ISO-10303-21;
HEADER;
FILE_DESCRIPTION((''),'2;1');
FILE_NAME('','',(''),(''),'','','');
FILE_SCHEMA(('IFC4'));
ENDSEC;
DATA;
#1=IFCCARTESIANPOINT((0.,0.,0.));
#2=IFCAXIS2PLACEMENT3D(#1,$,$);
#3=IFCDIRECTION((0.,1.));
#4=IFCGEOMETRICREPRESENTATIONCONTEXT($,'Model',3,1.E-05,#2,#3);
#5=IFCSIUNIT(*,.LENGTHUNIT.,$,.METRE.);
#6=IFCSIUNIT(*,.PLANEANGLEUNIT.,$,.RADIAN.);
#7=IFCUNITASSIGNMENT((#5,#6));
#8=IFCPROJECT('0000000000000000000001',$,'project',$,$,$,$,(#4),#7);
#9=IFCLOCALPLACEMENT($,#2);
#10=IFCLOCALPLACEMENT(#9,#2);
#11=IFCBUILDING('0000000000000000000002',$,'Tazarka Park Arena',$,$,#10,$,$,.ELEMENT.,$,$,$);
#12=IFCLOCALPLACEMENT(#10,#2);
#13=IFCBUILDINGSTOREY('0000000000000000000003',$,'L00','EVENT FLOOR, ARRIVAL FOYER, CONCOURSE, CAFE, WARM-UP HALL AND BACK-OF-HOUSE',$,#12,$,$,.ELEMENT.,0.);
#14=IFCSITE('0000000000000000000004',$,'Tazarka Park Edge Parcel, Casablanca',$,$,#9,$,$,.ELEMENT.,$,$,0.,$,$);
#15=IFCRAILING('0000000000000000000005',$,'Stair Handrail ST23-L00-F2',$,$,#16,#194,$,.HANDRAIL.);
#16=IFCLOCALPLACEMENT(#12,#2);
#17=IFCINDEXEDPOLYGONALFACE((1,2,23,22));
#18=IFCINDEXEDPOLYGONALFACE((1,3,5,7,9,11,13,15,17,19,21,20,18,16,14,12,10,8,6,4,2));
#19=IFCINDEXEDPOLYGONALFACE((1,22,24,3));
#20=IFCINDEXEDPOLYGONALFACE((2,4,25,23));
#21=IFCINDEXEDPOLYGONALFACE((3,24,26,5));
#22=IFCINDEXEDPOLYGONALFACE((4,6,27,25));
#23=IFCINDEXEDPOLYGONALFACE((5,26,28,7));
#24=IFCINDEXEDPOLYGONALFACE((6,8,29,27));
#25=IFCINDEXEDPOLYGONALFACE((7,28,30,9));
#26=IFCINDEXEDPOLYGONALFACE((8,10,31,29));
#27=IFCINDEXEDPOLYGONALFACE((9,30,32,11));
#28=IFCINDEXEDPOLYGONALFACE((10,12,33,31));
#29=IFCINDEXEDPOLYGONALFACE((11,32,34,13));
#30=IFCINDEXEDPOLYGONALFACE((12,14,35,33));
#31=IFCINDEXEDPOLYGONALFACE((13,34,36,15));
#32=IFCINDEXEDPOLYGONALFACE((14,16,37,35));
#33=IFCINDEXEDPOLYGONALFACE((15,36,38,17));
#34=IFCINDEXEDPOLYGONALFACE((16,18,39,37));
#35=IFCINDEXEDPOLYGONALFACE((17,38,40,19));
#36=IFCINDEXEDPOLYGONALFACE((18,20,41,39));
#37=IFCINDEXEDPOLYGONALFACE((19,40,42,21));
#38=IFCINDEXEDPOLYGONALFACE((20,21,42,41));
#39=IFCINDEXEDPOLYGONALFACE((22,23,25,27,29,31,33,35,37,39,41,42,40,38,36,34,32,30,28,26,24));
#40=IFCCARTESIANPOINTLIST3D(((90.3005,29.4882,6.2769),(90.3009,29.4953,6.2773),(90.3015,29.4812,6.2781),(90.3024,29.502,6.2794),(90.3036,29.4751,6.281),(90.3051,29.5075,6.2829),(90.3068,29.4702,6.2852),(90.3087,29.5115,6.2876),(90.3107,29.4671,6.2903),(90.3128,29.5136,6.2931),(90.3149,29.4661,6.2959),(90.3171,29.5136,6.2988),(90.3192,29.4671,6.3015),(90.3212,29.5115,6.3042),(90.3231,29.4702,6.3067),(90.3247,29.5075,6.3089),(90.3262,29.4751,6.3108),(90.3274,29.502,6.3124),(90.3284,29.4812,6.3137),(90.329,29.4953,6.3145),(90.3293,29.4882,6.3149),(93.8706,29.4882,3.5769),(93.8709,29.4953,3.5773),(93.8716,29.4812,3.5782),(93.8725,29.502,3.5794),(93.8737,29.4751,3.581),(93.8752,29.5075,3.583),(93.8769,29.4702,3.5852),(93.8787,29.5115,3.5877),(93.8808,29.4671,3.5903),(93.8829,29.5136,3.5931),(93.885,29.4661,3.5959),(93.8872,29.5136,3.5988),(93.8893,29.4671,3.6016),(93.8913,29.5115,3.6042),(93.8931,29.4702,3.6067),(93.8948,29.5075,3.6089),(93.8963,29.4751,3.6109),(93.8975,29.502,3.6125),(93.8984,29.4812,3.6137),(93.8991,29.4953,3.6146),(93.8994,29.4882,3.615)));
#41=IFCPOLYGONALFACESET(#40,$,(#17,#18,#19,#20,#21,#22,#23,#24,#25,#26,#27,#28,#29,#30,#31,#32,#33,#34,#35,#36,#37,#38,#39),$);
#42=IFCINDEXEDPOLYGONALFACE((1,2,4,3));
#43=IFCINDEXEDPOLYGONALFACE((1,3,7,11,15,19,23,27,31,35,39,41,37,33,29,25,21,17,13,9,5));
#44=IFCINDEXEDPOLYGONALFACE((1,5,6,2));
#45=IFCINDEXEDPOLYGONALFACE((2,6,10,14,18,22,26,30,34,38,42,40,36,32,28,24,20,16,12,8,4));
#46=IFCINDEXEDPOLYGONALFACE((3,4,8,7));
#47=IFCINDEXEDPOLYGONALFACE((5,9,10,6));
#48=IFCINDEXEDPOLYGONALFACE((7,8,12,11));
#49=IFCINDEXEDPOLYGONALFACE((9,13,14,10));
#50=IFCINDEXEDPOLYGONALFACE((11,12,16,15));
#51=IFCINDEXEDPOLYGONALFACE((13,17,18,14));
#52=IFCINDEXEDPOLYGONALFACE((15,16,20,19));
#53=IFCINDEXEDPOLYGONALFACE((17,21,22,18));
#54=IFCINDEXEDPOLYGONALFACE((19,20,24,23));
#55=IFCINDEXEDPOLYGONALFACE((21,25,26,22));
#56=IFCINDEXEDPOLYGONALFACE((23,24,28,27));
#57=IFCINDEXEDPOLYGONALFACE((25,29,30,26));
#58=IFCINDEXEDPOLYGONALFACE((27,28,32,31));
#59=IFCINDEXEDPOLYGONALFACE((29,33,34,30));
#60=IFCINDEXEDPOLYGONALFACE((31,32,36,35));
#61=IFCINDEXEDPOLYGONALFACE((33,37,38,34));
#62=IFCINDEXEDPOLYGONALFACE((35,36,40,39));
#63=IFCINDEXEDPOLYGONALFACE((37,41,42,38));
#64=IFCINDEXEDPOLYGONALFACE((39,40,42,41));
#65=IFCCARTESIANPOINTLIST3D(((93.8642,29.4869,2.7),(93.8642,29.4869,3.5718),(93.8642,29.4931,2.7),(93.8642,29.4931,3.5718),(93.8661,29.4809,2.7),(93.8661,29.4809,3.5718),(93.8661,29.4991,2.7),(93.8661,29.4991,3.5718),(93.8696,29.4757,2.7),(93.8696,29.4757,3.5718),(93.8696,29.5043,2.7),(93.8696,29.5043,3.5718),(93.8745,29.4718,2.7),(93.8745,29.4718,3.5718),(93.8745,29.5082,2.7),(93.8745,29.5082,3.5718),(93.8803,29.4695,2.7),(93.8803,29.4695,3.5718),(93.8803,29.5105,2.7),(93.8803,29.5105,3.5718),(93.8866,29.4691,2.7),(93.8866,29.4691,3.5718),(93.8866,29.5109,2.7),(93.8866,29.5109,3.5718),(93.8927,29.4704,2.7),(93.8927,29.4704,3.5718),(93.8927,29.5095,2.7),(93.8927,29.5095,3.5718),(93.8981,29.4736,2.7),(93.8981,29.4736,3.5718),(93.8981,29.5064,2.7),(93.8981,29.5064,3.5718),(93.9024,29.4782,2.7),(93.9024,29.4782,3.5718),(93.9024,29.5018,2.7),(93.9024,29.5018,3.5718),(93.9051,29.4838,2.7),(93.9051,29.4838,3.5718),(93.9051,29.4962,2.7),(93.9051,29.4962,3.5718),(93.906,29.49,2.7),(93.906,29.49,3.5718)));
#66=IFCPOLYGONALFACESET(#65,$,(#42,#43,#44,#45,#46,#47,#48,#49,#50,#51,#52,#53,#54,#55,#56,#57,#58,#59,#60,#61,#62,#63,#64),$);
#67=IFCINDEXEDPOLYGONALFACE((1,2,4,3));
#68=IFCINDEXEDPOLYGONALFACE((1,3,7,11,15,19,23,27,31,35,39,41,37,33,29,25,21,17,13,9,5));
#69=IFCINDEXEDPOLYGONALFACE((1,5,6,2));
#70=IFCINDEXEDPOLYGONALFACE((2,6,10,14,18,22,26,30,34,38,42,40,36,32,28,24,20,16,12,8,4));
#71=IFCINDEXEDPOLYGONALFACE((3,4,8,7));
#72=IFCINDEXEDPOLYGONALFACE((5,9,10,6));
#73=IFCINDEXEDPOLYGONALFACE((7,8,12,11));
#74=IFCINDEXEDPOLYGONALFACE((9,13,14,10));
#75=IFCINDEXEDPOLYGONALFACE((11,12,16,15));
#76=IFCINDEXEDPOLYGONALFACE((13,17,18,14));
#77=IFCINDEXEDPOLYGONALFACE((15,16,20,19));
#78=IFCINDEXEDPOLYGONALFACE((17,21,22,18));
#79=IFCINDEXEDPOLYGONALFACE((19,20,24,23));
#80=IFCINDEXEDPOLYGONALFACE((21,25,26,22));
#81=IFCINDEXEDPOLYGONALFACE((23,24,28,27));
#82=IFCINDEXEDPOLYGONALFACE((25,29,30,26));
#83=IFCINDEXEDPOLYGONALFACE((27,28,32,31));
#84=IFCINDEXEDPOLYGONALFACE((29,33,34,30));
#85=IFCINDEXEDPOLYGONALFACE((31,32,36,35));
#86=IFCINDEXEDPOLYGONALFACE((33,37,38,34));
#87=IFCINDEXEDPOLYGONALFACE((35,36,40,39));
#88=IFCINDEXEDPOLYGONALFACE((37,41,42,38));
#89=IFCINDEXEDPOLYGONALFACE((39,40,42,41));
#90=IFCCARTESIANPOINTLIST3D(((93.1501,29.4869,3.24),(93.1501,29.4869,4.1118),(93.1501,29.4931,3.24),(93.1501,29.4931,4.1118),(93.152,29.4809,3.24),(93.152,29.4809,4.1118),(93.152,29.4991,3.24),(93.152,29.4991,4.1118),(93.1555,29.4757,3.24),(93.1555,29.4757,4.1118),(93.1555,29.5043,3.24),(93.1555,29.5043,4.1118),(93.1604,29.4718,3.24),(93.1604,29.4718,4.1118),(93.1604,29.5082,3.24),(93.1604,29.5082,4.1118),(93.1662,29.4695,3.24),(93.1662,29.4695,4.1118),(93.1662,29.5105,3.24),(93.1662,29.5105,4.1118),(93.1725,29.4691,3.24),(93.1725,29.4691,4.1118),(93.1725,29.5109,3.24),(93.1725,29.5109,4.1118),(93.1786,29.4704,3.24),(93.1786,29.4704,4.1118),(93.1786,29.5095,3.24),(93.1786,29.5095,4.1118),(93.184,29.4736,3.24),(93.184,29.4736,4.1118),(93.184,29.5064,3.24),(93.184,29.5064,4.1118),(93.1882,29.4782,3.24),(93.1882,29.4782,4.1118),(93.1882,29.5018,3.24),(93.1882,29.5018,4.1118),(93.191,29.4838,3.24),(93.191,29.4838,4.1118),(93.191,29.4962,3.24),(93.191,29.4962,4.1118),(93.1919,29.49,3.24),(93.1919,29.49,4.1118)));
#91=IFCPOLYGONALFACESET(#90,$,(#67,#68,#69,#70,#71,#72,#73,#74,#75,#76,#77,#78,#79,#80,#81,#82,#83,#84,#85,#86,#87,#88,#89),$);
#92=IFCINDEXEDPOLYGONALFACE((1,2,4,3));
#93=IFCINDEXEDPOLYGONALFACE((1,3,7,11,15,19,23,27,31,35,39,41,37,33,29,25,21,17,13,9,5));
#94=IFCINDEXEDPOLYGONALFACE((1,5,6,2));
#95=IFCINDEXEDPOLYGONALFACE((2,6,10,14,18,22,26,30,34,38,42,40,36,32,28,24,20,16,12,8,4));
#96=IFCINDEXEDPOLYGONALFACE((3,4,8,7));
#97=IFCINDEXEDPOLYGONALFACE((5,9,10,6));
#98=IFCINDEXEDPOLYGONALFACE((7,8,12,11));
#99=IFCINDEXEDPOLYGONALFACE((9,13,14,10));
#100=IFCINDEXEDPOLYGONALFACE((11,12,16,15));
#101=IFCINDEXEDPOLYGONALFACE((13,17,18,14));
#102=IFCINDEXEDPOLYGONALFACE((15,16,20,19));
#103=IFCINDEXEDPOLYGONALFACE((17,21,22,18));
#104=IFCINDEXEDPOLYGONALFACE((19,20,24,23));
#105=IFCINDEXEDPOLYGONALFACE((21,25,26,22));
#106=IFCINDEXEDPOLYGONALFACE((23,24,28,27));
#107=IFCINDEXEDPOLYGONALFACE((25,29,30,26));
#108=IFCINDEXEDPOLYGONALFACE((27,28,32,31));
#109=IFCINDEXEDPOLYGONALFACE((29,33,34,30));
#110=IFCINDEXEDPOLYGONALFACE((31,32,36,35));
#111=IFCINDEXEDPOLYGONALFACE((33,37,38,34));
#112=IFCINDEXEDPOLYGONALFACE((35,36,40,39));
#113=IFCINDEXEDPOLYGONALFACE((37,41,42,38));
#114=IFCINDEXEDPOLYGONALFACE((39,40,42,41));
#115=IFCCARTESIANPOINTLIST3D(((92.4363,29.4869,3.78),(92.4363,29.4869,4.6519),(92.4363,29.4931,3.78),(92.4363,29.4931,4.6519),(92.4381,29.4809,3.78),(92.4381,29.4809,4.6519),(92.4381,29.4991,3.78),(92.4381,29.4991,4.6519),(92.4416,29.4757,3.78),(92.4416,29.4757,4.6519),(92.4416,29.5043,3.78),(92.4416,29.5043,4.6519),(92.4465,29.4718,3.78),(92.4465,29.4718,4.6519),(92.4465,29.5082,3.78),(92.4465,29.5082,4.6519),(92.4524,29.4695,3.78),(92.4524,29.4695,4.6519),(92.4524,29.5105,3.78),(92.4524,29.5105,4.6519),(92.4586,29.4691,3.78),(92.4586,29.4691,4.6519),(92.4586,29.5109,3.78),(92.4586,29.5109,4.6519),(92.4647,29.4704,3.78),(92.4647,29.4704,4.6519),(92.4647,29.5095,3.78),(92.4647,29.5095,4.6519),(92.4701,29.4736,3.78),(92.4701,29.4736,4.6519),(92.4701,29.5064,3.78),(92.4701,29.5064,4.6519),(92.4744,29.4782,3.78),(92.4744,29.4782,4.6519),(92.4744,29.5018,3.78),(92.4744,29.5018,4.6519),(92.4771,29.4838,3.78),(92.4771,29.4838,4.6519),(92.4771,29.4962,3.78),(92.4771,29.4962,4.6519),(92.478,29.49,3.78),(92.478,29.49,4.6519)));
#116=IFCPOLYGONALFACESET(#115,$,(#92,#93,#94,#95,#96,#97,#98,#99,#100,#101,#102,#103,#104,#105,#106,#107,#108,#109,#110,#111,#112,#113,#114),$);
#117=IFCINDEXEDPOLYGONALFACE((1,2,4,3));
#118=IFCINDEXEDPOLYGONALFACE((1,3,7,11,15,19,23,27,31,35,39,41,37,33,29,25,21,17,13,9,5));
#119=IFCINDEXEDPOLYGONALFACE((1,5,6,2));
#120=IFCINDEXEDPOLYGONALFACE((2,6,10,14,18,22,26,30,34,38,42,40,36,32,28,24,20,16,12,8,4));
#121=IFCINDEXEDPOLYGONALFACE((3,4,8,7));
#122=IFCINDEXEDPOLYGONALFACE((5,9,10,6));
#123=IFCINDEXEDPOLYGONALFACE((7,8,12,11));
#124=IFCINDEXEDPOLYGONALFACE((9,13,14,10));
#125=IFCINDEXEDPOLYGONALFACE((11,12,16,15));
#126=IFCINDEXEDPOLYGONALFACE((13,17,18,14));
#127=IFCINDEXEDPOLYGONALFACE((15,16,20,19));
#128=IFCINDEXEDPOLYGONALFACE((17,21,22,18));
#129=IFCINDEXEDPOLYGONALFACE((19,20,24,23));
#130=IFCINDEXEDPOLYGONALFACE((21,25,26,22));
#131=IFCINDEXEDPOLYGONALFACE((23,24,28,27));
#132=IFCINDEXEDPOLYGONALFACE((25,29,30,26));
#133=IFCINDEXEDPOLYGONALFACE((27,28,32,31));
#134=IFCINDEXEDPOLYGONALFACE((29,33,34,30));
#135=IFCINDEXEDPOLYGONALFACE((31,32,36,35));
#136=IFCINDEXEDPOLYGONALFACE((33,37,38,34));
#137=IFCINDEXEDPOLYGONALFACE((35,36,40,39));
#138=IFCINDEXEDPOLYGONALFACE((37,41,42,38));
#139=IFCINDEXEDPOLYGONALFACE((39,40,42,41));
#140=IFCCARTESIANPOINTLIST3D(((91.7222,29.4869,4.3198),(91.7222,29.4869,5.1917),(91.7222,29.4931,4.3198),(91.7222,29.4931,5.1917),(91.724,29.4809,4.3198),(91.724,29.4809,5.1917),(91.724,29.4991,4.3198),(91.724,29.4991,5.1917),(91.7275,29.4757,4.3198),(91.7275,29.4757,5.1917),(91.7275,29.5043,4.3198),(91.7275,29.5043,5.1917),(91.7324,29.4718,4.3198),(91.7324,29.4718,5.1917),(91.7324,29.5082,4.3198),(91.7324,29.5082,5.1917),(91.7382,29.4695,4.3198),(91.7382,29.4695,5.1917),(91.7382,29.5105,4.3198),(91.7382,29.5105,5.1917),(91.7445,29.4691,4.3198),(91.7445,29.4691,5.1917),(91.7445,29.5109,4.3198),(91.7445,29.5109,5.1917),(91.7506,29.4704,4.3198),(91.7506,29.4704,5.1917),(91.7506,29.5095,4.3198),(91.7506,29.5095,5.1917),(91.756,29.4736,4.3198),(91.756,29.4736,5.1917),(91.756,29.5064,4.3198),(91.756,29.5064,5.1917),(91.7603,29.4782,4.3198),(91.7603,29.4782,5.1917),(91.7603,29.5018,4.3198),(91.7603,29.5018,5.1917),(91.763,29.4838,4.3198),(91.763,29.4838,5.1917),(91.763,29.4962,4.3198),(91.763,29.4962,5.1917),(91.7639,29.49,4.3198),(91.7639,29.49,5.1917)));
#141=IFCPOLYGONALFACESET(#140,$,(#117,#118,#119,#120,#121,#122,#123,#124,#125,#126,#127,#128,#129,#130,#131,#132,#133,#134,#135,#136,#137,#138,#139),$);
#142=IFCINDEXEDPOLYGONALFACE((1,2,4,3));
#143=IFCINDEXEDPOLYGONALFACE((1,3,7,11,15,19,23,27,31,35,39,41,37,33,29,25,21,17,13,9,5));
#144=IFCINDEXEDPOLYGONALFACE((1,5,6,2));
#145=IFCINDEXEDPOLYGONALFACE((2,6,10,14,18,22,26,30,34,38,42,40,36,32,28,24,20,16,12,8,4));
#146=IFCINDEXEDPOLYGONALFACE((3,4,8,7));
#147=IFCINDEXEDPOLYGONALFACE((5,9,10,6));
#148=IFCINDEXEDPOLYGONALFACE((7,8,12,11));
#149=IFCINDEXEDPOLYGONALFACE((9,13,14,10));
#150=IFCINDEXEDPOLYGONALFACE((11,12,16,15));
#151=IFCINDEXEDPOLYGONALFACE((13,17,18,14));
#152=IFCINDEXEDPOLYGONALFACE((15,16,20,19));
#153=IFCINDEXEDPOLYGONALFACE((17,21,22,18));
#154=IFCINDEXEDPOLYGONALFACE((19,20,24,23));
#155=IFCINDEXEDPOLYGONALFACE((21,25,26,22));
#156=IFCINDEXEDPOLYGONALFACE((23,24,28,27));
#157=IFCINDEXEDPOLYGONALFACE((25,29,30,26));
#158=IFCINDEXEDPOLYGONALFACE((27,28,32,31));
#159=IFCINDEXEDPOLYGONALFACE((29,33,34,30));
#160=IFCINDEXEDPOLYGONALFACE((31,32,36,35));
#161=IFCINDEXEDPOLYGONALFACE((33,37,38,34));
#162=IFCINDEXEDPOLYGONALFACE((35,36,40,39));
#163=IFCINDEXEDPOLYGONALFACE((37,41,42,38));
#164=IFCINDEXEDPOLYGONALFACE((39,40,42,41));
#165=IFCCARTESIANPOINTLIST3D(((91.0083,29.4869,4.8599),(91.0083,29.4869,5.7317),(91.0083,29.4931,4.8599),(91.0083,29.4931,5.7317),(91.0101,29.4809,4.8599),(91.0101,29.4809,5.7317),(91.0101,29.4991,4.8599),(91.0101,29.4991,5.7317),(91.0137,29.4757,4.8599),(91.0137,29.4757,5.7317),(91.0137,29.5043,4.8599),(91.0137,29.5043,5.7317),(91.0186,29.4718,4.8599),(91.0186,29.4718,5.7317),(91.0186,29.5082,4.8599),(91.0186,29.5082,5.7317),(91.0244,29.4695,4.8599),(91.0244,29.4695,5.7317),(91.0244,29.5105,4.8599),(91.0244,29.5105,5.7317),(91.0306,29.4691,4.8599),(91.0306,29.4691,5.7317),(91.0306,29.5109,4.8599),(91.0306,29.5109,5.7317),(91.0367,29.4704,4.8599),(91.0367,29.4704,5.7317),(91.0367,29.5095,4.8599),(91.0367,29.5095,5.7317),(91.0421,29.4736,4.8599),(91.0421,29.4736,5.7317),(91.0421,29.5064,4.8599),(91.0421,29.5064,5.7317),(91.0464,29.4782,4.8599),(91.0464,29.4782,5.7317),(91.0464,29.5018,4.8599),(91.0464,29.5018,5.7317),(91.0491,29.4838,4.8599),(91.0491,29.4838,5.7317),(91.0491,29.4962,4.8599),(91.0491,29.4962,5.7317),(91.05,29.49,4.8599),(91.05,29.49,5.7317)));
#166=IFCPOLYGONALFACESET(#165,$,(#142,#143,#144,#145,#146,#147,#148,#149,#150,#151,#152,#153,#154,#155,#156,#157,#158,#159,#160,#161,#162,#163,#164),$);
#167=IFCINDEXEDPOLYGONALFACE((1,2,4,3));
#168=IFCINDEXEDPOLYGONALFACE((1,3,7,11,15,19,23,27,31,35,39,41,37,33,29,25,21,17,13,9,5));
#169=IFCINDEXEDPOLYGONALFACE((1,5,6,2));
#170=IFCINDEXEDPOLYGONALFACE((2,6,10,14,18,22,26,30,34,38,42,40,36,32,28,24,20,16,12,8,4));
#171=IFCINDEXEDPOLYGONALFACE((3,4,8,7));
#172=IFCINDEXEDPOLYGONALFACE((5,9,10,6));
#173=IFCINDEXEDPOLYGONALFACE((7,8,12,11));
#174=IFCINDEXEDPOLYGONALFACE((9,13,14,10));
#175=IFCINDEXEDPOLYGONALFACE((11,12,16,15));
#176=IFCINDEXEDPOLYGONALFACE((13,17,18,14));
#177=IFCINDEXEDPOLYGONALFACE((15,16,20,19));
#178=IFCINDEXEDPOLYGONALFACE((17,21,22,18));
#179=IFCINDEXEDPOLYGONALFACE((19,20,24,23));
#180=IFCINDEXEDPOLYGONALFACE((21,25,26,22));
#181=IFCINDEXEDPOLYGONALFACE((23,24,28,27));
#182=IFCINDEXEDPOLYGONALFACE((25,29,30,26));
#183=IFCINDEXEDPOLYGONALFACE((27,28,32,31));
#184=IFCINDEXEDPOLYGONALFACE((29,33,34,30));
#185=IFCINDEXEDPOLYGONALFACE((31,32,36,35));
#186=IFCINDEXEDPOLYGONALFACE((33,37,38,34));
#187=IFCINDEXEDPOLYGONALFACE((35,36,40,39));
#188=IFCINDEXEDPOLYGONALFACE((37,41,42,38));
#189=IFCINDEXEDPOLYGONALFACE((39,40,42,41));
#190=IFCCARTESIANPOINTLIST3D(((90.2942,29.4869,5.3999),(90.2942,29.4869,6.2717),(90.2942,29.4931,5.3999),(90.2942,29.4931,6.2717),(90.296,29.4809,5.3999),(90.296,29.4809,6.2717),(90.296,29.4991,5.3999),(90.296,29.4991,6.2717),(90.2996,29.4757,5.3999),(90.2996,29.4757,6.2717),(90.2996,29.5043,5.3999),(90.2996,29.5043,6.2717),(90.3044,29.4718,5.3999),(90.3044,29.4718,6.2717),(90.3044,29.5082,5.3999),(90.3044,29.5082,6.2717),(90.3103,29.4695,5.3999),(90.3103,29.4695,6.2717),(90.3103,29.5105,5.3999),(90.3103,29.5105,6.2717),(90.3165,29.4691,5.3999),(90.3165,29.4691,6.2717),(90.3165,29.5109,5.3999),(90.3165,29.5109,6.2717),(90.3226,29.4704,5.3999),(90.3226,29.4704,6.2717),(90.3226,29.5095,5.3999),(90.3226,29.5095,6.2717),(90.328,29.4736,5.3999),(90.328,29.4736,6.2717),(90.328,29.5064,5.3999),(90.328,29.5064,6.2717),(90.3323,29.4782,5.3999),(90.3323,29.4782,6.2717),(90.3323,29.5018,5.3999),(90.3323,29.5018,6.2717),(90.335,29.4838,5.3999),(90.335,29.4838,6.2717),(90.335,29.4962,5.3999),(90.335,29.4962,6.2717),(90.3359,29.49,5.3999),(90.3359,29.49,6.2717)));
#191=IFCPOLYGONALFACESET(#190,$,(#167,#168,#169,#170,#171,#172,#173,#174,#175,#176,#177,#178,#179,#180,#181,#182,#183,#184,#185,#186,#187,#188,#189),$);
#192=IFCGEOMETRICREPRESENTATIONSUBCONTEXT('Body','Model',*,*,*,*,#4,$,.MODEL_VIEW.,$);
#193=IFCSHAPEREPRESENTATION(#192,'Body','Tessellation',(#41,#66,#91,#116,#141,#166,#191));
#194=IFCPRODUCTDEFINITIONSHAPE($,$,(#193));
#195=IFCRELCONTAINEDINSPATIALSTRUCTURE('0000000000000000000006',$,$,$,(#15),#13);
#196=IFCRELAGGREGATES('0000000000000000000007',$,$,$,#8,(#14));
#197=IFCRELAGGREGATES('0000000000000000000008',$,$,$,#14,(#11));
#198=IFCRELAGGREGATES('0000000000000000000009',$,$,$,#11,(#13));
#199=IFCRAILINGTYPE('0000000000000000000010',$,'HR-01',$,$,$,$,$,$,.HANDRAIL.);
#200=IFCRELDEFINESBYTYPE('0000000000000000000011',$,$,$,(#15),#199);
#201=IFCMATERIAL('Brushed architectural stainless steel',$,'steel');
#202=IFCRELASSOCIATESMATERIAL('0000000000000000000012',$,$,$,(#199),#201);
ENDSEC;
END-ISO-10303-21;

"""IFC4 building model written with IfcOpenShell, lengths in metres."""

from ifc_helpers import new_model, si_unit, direction, frame, origin, origin_2d, place, context, subcontext, project, spatial, circle, extrude, material, type_object, element, save


model = new_model("IFC4")

# Units and contexts
model_context = context("Model", 3, precision=1e-05, world=origin(), true_north=direction((0.0, 1.0)))
body_context = subcontext(model_context, "Body", "Model", "MODEL_VIEW")
ifc_project = project(units=[si_unit("LENGTHUNIT", "METRE"), si_unit("PLANEANGLEUNIT", "RADIAN")], contexts=[model_context])

# Site, building, storey
site_placement = place(None, origin())
site = spatial("IfcSite", under=ifc_project, at=site_placement, Name="Tazarka Park Edge Parcel, Casablanca", CompositionType="ELEMENT", RefElevation=0.0)
building_placement = place(site_placement, origin())
building = spatial("IfcBuilding", under=site, at=building_placement, Name="Tazarka Park Arena", CompositionType="ELEMENT")
storey_placement = place(building_placement, origin())
storey = spatial("IfcBuildingStorey", under=building, at=storey_placement, Name="L00", Description="EVENT FLOOR, ARRIVAL FOYER, CONCOURSE, CAFE, WARM-UP HALL AND BACK-OF-HOUSE", CompositionType="ELEMENT", Elevation=0.0)

# Railing
ifc_material_1 = material(Name="Brushed architectural stainless steel", Category="steel")
railing_type_1 = type_object("IfcRailingType", Name="HR-01", PredefinedType="HANDRAIL", material=ifc_material_1)
railing_1_placement = place(storey_placement, frame((93.885, 29.49, 2.7)))
element("IfcRailing", 1, at=railing_1_placement, inside=storey, type_object=railing_type_1, Name="Stair Handrail ST23-L00-F2", PredefinedType="HANDRAIL", context=body_context, shape_type="SweptSolid", body=[
    extrude(circle(Radius=0.0239, at=origin_2d()), frame((0.0, 0.0, 0.896), z_axis=(-0.797591, 0.0, 0.603198), x_axis=(0.0, -1.0, 0.0)), (0.0, 0.0, 1.0), 4.4761),
    extrude(circle(Radius=0.021, at=origin_2d()), origin(), (0.0, 0.0, 1.0), 0.8718),
    extrude(circle(Radius=0.021, at=origin_2d()), frame((-0.7141, 0.0, 0.54)), (0.0, 0.0, 1.0), 0.8718),
    extrude(circle(Radius=0.021, at=origin_2d()), frame((-1.428, 0.0, 1.0801)), (0.0, 0.0, 1.0), 0.8718),
    extrude(circle(Radius=0.021, at=origin_2d()), frame((-2.1421, 0.0, 1.6199)), (0.0, 0.0, 1.0), 0.8718),
    extrude(circle(Radius=0.021, at=origin_2d()), frame((-2.856, 0.0, 2.1599)), (0.0, 0.0, 1.0), 0.8718),
    extrude(circle(Radius=0.021, at=origin_2d()), frame((-3.5701, 0.0, 2.7)), (0.0, 0.0, 1.0), 0.8718),
])

save(model, "model.ifc")
